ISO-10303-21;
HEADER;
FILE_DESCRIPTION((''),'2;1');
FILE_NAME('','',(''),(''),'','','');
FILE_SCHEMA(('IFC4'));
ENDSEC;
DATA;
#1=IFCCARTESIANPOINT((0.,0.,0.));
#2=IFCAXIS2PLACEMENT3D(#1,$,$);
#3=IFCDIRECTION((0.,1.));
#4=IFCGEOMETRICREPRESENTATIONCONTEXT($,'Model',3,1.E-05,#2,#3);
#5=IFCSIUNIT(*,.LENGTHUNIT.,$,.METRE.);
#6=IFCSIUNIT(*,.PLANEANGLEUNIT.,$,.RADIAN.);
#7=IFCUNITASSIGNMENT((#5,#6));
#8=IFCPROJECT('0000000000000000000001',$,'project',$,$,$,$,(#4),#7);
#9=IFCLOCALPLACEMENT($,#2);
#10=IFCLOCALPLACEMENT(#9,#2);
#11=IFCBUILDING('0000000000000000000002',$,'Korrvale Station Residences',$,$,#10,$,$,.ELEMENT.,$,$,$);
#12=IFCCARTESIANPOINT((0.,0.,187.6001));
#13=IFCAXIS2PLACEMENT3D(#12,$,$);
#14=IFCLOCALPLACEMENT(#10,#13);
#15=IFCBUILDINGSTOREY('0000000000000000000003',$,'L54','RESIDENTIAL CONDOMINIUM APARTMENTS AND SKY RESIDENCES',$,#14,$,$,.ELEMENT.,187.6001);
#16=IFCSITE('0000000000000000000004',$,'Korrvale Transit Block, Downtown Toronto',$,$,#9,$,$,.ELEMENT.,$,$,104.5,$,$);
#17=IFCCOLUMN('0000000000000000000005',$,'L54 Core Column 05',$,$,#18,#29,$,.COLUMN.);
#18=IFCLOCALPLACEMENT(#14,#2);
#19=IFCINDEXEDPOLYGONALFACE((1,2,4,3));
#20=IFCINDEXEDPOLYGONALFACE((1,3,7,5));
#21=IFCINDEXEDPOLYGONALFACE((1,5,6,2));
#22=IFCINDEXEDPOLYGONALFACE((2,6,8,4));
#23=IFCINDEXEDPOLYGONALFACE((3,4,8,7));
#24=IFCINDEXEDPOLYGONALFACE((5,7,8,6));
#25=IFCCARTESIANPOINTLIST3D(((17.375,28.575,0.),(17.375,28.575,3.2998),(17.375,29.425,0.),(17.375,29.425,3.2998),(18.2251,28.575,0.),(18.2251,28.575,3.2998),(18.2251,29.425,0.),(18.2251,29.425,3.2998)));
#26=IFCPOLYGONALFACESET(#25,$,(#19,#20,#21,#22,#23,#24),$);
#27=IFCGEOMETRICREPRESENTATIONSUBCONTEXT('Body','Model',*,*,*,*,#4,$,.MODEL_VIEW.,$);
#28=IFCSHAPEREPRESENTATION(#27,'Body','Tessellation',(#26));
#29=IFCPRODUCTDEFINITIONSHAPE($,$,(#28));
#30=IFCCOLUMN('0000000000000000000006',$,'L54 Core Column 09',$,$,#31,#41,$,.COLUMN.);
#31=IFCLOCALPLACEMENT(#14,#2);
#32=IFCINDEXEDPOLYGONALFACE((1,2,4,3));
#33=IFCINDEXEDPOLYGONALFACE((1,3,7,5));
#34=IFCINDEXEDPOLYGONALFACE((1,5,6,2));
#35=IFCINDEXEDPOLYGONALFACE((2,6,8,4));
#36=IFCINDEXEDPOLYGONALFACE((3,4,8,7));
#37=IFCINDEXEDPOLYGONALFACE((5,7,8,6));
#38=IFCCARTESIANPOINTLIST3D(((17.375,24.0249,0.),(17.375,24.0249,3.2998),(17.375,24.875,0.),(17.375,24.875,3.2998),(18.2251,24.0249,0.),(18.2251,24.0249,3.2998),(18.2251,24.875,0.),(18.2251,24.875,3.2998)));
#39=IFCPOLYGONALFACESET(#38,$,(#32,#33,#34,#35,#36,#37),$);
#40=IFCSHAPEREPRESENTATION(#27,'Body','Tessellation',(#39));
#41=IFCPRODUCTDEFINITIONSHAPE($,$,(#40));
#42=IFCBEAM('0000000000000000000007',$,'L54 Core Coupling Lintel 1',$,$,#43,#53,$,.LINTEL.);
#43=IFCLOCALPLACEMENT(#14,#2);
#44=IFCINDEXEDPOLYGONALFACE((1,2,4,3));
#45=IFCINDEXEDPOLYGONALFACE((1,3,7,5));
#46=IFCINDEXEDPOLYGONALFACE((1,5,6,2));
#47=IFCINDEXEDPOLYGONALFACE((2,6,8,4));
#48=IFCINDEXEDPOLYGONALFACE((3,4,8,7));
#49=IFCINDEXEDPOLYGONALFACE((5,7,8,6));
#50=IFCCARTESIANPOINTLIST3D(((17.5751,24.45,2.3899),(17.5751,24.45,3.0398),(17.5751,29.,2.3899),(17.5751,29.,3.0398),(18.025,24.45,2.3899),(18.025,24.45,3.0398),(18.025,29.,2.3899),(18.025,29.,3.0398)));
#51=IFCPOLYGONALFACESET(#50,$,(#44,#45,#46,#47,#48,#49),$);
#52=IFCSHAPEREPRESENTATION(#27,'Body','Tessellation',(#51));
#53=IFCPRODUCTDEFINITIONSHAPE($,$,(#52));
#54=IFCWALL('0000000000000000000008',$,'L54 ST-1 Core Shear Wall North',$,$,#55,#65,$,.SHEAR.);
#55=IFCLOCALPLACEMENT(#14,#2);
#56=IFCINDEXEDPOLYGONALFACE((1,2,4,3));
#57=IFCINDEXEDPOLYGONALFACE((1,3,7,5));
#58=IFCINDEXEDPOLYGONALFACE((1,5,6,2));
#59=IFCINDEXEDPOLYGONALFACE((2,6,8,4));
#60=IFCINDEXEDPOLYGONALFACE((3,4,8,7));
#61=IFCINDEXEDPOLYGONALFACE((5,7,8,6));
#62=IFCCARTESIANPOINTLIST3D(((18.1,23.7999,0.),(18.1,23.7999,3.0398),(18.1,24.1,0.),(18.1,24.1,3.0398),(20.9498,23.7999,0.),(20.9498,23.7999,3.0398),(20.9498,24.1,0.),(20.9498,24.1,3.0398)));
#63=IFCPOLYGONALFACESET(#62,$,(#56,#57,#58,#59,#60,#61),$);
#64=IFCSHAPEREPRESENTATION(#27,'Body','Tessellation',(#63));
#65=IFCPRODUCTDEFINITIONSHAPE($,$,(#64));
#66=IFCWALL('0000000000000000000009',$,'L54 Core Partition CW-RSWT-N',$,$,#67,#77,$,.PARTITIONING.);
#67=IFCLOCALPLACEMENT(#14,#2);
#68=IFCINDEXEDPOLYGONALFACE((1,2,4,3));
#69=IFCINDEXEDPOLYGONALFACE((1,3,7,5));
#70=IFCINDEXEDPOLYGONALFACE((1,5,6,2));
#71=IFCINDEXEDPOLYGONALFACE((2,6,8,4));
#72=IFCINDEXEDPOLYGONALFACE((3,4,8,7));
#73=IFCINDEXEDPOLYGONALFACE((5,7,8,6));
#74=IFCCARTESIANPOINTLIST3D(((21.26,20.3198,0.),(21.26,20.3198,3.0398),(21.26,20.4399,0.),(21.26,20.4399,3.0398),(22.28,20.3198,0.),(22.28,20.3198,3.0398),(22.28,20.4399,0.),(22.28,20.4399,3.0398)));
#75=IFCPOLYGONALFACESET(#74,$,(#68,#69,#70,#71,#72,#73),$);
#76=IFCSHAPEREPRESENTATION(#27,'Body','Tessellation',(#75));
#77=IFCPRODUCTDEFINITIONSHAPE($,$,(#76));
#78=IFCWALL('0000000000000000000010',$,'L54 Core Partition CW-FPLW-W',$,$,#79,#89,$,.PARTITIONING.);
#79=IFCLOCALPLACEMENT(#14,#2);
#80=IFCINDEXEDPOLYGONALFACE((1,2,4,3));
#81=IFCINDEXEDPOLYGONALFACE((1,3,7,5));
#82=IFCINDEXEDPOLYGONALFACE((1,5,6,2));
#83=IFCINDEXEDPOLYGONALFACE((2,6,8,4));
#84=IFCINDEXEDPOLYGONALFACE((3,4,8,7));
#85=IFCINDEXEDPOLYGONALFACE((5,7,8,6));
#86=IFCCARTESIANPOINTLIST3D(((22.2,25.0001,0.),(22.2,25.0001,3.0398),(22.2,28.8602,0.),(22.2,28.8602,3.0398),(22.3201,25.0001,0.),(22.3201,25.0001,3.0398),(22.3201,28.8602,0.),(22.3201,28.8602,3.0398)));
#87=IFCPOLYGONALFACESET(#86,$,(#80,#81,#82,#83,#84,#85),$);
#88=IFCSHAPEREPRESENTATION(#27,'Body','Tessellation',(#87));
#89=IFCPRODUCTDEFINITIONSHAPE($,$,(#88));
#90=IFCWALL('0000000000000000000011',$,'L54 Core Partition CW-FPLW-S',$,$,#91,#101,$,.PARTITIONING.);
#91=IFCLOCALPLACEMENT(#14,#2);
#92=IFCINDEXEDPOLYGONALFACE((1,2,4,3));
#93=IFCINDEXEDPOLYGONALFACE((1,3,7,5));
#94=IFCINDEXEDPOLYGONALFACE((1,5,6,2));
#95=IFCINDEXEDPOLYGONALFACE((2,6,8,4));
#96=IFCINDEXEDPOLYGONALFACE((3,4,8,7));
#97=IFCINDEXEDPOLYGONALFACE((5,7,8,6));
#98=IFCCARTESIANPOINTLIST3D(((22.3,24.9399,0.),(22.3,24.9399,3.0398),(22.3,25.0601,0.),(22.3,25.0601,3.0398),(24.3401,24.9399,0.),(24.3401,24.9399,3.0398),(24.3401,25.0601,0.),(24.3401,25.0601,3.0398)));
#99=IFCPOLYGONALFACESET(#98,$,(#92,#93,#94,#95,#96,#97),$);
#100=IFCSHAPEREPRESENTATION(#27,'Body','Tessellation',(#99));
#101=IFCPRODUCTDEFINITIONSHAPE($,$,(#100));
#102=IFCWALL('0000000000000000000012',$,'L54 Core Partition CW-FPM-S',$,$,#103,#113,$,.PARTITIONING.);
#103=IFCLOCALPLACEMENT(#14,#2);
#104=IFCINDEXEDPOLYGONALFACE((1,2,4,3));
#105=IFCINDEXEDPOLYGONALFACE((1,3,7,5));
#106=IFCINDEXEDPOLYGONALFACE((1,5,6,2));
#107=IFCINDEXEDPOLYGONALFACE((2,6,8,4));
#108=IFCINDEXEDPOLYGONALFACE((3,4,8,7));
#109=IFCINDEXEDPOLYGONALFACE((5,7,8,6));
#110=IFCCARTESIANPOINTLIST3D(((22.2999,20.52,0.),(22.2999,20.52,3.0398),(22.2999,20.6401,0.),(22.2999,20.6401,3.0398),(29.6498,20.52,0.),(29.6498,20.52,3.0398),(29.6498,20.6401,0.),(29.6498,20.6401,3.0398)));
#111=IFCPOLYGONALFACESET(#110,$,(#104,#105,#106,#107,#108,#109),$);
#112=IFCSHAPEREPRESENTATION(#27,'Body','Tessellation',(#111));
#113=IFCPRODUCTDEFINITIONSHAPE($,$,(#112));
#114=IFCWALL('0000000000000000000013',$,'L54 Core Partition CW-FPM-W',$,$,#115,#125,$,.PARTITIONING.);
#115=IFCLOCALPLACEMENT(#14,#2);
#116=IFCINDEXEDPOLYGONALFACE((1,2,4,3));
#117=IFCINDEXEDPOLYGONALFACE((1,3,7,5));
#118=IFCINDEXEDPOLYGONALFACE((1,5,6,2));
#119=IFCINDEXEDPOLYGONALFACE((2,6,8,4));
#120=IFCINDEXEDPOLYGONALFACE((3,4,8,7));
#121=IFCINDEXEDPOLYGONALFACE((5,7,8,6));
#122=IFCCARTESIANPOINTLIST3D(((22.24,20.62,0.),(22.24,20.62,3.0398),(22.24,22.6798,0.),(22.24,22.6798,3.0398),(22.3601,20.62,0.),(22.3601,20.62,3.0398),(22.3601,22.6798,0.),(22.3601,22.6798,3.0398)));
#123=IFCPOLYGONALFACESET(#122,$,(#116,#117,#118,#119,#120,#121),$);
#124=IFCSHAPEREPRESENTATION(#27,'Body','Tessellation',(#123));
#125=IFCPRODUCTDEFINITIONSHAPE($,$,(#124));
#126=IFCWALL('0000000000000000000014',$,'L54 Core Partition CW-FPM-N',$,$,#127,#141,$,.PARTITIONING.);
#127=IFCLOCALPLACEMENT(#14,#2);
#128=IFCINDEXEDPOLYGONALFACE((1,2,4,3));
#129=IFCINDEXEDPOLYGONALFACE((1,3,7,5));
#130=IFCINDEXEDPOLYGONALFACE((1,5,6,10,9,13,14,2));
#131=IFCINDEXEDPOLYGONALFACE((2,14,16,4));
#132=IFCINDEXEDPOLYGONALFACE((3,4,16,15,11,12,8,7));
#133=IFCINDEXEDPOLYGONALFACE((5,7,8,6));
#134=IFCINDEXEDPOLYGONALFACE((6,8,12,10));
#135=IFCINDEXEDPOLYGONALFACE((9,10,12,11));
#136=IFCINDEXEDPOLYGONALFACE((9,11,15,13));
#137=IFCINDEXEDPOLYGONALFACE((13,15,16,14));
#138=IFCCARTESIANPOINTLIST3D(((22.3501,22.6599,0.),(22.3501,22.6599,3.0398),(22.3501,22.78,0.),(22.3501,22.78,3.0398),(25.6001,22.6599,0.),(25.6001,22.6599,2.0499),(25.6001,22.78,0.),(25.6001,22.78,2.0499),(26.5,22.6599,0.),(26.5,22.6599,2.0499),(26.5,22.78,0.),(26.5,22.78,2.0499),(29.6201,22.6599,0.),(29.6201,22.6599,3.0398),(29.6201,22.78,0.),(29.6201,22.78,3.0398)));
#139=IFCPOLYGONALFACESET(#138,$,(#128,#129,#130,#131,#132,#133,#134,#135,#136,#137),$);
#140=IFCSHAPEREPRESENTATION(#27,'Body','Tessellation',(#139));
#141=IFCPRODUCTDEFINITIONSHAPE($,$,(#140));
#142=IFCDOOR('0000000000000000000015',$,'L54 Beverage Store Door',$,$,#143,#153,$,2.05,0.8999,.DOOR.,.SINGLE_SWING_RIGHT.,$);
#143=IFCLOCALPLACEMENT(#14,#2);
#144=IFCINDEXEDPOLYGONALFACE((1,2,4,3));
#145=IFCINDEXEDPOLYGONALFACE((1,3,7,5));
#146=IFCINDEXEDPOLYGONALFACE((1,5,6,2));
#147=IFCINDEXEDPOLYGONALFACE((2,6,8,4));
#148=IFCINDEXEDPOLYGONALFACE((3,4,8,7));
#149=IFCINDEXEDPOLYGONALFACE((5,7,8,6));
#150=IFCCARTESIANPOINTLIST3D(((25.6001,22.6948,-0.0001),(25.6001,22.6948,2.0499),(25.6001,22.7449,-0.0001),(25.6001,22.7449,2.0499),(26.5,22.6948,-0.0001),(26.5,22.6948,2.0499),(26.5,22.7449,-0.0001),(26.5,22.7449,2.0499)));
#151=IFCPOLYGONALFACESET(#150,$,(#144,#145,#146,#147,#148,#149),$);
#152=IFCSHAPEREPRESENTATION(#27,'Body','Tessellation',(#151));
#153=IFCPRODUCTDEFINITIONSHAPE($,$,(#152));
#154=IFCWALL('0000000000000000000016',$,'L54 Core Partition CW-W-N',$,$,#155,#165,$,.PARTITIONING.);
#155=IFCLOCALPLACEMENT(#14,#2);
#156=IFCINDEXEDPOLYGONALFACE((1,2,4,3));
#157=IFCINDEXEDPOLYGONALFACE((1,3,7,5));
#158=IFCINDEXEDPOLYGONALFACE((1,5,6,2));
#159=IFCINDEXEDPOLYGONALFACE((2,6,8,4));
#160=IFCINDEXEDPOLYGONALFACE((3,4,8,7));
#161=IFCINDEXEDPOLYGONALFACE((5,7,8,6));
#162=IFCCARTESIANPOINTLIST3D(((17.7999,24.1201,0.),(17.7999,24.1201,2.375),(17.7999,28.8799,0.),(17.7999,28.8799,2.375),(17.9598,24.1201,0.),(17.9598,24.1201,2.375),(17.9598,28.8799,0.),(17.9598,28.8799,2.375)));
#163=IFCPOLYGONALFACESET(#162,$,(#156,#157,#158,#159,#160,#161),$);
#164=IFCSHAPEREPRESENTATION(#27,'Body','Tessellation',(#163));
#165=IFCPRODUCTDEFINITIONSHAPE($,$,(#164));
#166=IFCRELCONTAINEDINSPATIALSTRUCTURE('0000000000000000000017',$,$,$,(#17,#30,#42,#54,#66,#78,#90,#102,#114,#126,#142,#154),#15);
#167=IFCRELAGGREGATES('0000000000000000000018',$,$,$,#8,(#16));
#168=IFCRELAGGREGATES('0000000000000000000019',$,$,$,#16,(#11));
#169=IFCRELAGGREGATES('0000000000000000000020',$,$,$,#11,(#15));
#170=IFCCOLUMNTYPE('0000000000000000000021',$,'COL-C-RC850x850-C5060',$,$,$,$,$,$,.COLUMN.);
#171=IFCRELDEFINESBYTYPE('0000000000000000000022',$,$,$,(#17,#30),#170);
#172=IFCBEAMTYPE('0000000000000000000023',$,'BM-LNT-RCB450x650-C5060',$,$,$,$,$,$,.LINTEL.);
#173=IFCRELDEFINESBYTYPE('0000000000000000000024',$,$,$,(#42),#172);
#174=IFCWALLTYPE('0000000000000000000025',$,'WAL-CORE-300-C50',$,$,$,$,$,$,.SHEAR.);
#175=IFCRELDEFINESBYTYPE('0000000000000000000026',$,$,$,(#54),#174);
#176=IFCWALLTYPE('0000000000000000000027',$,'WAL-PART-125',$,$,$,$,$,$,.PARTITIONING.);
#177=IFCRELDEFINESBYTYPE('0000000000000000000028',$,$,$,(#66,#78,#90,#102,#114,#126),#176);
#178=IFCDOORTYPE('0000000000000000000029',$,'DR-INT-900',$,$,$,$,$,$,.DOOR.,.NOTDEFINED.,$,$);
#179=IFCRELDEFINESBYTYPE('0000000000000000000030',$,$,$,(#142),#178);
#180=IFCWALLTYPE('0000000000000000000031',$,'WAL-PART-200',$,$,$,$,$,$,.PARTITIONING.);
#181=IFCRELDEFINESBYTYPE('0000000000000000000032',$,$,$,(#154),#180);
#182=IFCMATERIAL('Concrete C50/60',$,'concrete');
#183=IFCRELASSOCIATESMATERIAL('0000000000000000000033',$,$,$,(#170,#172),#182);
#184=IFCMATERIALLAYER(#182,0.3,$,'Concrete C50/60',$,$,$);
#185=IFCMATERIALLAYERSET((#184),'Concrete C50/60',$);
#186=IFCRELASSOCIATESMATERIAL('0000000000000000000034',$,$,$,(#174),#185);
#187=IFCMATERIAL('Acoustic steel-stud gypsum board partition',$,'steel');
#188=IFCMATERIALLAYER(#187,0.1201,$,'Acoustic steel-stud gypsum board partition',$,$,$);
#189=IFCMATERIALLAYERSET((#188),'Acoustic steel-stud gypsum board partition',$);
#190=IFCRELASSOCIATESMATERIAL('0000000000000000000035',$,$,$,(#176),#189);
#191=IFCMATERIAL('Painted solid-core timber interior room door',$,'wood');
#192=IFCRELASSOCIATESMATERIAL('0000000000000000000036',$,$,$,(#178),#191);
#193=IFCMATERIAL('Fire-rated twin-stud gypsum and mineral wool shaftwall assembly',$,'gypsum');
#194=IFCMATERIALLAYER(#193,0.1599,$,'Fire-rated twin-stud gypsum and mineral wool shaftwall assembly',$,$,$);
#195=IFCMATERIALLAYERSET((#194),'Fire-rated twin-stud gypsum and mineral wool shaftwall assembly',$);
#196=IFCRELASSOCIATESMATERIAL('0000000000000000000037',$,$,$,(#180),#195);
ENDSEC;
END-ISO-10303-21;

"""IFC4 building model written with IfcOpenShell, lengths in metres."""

from ifc_helpers import new_model, si_unit, direction, frame, frame_2d, origin, origin_2d, place, context, subcontext, project, spatial, rectangle, extrude, material, layer, layer_set, material_profile, profile_set, type_object, element, fill, save


model = new_model("IFC4")

# Units and contexts
model_context = context("Model", 3, precision=1e-05, world=origin(), true_north=direction((0.0, 1.0)))
body_context = subcontext(model_context, "Body", "Model", "MODEL_VIEW")
ifc_project = project(units=[si_unit("LENGTHUNIT", "METRE"), si_unit("PLANEANGLEUNIT", "RADIAN")], contexts=[model_context])

# Site, building, storey
site_placement = place(None, origin())
site = spatial("IfcSite", under=ifc_project, at=site_placement, Name="Korrvale Transit Block, Downtown Toronto", CompositionType="ELEMENT", RefElevation=104.5)
building_placement = place(site_placement, origin())
building = spatial("IfcBuilding", under=site, at=building_placement, Name="Korrvale Station Residences", CompositionType="ELEMENT")
storey_placement = place(building_placement, frame((0.0, 0.0, 187.6001)))
storey = spatial("IfcBuildingStorey", under=building, at=storey_placement, Name="L54", Description="RESIDENTIAL CONDOMINIUM APARTMENTS AND SKY RESIDENCES", CompositionType="ELEMENT", Elevation=187.6001)

# Columns
ifc_material_1 = material(Name="Concrete C50/60", Category="concrete")
ifc_material_profile_1 = material_profile(ifc_material_1, rectangle(XDim=0.8501, YDim=0.8501, at=origin_2d()), Name="RC850x850")
ifc_profile_set_1 = profile_set([ifc_material_profile_1], Name="Concrete C50/60")
column_type = type_object("IfcColumnType", Name="COL-C-RC850x850-C5060", PredefinedType="COLUMN", material=ifc_profile_set_1)
for number, where, z_axis, x_axis, name in (
    (1, (17.8, 29.0, 0.0), (0.0, 0.0, 1.0), (1.0, 0.0, 0.0), "L54 Core Column 05"),
    (2, (17.8, 24.45, 0.0), (0.0, 0.0, 1.0), (1.0, 0.0, 0.0), "L54 Core Column 09"),
):
    element("IfcColumn", number, at=place(storey_placement, frame(where, z_axis=z_axis, x_axis=x_axis)), inside=storey, type_object=column_type, Name=name, PredefinedType="COLUMN", context=body_context, shape_type="SweptSolid", body=[
        extrude(rectangle(XDim=0.8501, YDim=0.8501, at=origin_2d()), origin(), (0.0, 0.0, 1.0), 3.2998),
    ])

# Beam
ifc_material_profile_2 = material_profile(ifc_material_1, rectangle(XDim=0.45, YDim=0.6499, at=origin_2d()), Name="RCB450x650")
ifc_profile_set_2 = profile_set([ifc_material_profile_2], Name="Concrete C50/60")
beam_type = type_object("IfcBeamType", Name="BM-LNT-RCB450x650-C5060", PredefinedType="LINTEL", material=ifc_profile_set_2)
beam_placement = place(storey_placement, frame((17.8, 24.45, 2.7148), z_axis=(0.0, 1.0, 0.0), x_axis=(-1.0, 0.0, 0.0)))
element("IfcBeam", 3, at=beam_placement, inside=storey, type_object=beam_type, Name="L54 Core Coupling Lintel 1", PredefinedType="LINTEL", context=body_context, shape_type="SweptSolid", body=[
    extrude(rectangle(XDim=0.45, YDim=0.6499, at=origin_2d()), origin(), (0.0, 0.0, 1.0), 4.55),
])

# Walls
ifc_layer_1 = layer(ifc_material_1, 0.3, Name="Concrete C50/60")
ifc_layer_set_1 = layer_set([ifc_layer_1], Name="Concrete C50/60")
wall_type_1 = type_object("IfcWallType", Name="WAL-CORE-300-C50", PredefinedType="SHEAR", material=ifc_layer_set_1)
wall_1_placement = place(storey_placement, frame((18.1001, 23.95, 0.0), z_axis=(0.0, 0.0, 1.0), x_axis=(1.0, 0.0, 0.0)))
element("IfcWall", 4, at=wall_1_placement, inside=storey, type_object=wall_type_1, Name="L54 ST-1 Core Shear Wall North", PredefinedType="SHEAR", context=body_context, shape_type="SweptSolid", body=[
    extrude(rectangle(XDim=2.8499, YDim=0.3, at=frame_2d((1.4248, 0.0))), origin(), (0.0, 0.0, 1.0), 3.0398),
])
ifc_material_2 = material(Name="Acoustic steel-stud gypsum board partition", Category="steel")
ifc_layer_2 = layer(ifc_material_2, 0.1201, Name="Acoustic steel-stud gypsum board partition")
ifc_layer_set_2 = layer_set([ifc_layer_2], Name="Acoustic steel-stud gypsum board partition")
wall_type_2 = type_object("IfcWallType", Name="WAL-PART-125", PredefinedType="PARTITIONING", material=ifc_layer_set_2)
wall_2_placement = place(storey_placement, frame((22.28, 20.3799, 0.0), z_axis=(0.0, 0.0, 1.0), x_axis=(-1.0, 0.0, 0.0)))
element("IfcWall", 5, at=wall_2_placement, inside=storey, type_object=wall_type_2, Name="L54 Core Partition CW-RSWT-N", PredefinedType="PARTITIONING", context=body_context, shape_type="SweptSolid", body=[
    extrude(rectangle(XDim=1.02, YDim=0.1201, at=frame_2d((0.51, 0.0))), origin(), (0.0, 0.0, 1.0), 3.0398),
])
wall_3_placement = place(storey_placement, frame((22.26, 25.0, 0.0), z_axis=(0.0, 0.0, 1.0), x_axis=(0.0, 1.0, 0.0)))
element("IfcWall", 6, at=wall_3_placement, inside=storey, type_object=wall_type_2, Name="L54 Core Partition CW-FPLW-W", PredefinedType="PARTITIONING", context=body_context, shape_type="SweptSolid", body=[
    extrude(rectangle(XDim=3.8601, YDim=0.1201, at=frame_2d((1.9302, 0.0))), origin(), (0.0, 0.0, 1.0), 3.0398),
])
wall_4_placement = place(storey_placement, frame((22.3, 25.0, 0.0), z_axis=(0.0, 0.0, 1.0), x_axis=(1.0, 0.0, 0.0)))
element("IfcWall", 7, at=wall_4_placement, inside=storey, type_object=wall_type_2, Name="L54 Core Partition CW-FPLW-S", PredefinedType="PARTITIONING", context=body_context, shape_type="SweptSolid", body=[
    extrude(rectangle(XDim=2.04, YDim=0.1201, at=frame_2d((1.02, 0.0))), origin(), (0.0, 0.0, 1.0), 3.0398),
])
wall_5_placement = place(storey_placement, frame((22.3, 20.5801, 0.0), z_axis=(0.0, 0.0, 1.0), x_axis=(1.0, 0.0, 0.0)))
element("IfcWall", 8, at=wall_5_placement, inside=storey, type_object=wall_type_2, Name="L54 Core Partition CW-FPM-S", PredefinedType="PARTITIONING", context=body_context, shape_type="SweptSolid", body=[
    extrude(rectangle(XDim=7.3499, YDim=0.1201, at=frame_2d((3.6748, 0.0))), origin(), (0.0, 0.0, 1.0), 3.0398),
])
wall_6_placement = place(storey_placement, frame((22.3, 20.6201, 0.0), z_axis=(0.0, 0.0, 1.0), x_axis=(0.0, 1.0, 0.0)))
element("IfcWall", 9, at=wall_6_placement, inside=storey, type_object=wall_type_2, Name="L54 Core Partition CW-FPM-W", PredefinedType="PARTITIONING", context=body_context, shape_type="SweptSolid", body=[
    extrude(rectangle(XDim=2.0598, YDim=0.1201, at=frame_2d((1.0298, 0.0))), origin(), (0.0, 0.0, 1.0), 3.0398),
])

# Wall, opening, door
wall_7_placement = place(storey_placement, frame((22.3501, 22.72, 0.0), z_axis=(0.0, 0.0, 1.0), x_axis=(1.0, 0.0, 0.0)))
wall_7 = element("IfcWall", 10, at=wall_7_placement, inside=storey, type_object=wall_type_2, Name="L54 Core Partition CW-FPM-N", PredefinedType="PARTITIONING", context=body_context, shape_type="SweptSolid", body=[
    extrude(rectangle(XDim=7.27, YDim=0.1201, at=frame_2d((3.635, 0.0))), origin(), (0.0, 0.0, 1.0), 3.0398),
])
opening_1_placement = place(wall_7_placement, frame((3.25, 0.0, 0.0)))
opening_1 = element("IfcOpeningElement", 11, at=opening_1_placement, cuts=wall_7, PredefinedType="OPENING", context=body_context, shape_type="SweptSolid", body=[
    extrude(rectangle(XDim=0.8999, YDim=2.05, at=frame_2d((0.45, 1.0249))), frame((0.0, 0.0701, 0.0), z_axis=(0.0, -1.0, 0.0), x_axis=(1.0, 0.0, 0.0)), (0.0, 0.0, 1.0), 0.1401),
])
ifc_material_3 = material(Name="Painted solid-core timber interior room door", Category="wood")
door_type_1 = type_object("IfcDoorType", Name="DR-INT-900", OperationType="NOTDEFINED", PredefinedType="DOOR", material=ifc_material_3)
door_1_placement = place(opening_1_placement, origin())
door_1 = element("IfcDoor", 12, at=door_1_placement, inside=storey, type_object=door_type_1, Name="L54 Beverage Store Door", OperationType="SINGLE_SWING_RIGHT", OverallHeight=2.05, OverallWidth=0.8999, PredefinedType="DOOR", context=body_context, shape_type="SweptSolid", body=[
    extrude(rectangle(XDim=0.8999, YDim=2.05, at=frame_2d((0.45, 1.0249))), frame((0.0, 0.0249, 0.0), z_axis=(0.0, -1.0, 0.0), x_axis=(1.0, 0.0, 0.0)), (0.0, 0.0, 1.0), 0.05),
])
fill(opening_1, door_1)

# Wall
ifc_material_4 = material(Name="Fire-rated twin-stud gypsum and mineral wool shaftwall assembly", Category="gypsum")
ifc_layer_3 = layer(ifc_material_4, 0.1599, Name="Fire-rated twin-stud gypsum and mineral wool shaftwall assembly")
ifc_layer_set_3 = layer_set([ifc_layer_3], Name="Fire-rated twin-stud gypsum and mineral wool shaftwall assembly")
wall_type_3 = type_object("IfcWallType", Name="WAL-PART-200", PredefinedType="PARTITIONING", material=ifc_layer_set_3)
wall_8_placement = place(storey_placement, frame((17.8799, 24.1201, 0.0), z_axis=(0.0, 0.0, 1.0), x_axis=(0.0, 1.0, 0.0)))
element("IfcWall", 13, at=wall_8_placement, inside=storey, type_object=wall_type_3, Name="L54 Core Partition CW-W-N", PredefinedType="PARTITIONING", context=body_context, shape_type="SweptSolid", body=[
    extrude(rectangle(XDim=4.7598, YDim=0.1599, at=frame_2d((2.3799, 0.0))), origin(), (0.0, 0.0, 1.0), 2.375),
])

save(model, "model.ifc")
